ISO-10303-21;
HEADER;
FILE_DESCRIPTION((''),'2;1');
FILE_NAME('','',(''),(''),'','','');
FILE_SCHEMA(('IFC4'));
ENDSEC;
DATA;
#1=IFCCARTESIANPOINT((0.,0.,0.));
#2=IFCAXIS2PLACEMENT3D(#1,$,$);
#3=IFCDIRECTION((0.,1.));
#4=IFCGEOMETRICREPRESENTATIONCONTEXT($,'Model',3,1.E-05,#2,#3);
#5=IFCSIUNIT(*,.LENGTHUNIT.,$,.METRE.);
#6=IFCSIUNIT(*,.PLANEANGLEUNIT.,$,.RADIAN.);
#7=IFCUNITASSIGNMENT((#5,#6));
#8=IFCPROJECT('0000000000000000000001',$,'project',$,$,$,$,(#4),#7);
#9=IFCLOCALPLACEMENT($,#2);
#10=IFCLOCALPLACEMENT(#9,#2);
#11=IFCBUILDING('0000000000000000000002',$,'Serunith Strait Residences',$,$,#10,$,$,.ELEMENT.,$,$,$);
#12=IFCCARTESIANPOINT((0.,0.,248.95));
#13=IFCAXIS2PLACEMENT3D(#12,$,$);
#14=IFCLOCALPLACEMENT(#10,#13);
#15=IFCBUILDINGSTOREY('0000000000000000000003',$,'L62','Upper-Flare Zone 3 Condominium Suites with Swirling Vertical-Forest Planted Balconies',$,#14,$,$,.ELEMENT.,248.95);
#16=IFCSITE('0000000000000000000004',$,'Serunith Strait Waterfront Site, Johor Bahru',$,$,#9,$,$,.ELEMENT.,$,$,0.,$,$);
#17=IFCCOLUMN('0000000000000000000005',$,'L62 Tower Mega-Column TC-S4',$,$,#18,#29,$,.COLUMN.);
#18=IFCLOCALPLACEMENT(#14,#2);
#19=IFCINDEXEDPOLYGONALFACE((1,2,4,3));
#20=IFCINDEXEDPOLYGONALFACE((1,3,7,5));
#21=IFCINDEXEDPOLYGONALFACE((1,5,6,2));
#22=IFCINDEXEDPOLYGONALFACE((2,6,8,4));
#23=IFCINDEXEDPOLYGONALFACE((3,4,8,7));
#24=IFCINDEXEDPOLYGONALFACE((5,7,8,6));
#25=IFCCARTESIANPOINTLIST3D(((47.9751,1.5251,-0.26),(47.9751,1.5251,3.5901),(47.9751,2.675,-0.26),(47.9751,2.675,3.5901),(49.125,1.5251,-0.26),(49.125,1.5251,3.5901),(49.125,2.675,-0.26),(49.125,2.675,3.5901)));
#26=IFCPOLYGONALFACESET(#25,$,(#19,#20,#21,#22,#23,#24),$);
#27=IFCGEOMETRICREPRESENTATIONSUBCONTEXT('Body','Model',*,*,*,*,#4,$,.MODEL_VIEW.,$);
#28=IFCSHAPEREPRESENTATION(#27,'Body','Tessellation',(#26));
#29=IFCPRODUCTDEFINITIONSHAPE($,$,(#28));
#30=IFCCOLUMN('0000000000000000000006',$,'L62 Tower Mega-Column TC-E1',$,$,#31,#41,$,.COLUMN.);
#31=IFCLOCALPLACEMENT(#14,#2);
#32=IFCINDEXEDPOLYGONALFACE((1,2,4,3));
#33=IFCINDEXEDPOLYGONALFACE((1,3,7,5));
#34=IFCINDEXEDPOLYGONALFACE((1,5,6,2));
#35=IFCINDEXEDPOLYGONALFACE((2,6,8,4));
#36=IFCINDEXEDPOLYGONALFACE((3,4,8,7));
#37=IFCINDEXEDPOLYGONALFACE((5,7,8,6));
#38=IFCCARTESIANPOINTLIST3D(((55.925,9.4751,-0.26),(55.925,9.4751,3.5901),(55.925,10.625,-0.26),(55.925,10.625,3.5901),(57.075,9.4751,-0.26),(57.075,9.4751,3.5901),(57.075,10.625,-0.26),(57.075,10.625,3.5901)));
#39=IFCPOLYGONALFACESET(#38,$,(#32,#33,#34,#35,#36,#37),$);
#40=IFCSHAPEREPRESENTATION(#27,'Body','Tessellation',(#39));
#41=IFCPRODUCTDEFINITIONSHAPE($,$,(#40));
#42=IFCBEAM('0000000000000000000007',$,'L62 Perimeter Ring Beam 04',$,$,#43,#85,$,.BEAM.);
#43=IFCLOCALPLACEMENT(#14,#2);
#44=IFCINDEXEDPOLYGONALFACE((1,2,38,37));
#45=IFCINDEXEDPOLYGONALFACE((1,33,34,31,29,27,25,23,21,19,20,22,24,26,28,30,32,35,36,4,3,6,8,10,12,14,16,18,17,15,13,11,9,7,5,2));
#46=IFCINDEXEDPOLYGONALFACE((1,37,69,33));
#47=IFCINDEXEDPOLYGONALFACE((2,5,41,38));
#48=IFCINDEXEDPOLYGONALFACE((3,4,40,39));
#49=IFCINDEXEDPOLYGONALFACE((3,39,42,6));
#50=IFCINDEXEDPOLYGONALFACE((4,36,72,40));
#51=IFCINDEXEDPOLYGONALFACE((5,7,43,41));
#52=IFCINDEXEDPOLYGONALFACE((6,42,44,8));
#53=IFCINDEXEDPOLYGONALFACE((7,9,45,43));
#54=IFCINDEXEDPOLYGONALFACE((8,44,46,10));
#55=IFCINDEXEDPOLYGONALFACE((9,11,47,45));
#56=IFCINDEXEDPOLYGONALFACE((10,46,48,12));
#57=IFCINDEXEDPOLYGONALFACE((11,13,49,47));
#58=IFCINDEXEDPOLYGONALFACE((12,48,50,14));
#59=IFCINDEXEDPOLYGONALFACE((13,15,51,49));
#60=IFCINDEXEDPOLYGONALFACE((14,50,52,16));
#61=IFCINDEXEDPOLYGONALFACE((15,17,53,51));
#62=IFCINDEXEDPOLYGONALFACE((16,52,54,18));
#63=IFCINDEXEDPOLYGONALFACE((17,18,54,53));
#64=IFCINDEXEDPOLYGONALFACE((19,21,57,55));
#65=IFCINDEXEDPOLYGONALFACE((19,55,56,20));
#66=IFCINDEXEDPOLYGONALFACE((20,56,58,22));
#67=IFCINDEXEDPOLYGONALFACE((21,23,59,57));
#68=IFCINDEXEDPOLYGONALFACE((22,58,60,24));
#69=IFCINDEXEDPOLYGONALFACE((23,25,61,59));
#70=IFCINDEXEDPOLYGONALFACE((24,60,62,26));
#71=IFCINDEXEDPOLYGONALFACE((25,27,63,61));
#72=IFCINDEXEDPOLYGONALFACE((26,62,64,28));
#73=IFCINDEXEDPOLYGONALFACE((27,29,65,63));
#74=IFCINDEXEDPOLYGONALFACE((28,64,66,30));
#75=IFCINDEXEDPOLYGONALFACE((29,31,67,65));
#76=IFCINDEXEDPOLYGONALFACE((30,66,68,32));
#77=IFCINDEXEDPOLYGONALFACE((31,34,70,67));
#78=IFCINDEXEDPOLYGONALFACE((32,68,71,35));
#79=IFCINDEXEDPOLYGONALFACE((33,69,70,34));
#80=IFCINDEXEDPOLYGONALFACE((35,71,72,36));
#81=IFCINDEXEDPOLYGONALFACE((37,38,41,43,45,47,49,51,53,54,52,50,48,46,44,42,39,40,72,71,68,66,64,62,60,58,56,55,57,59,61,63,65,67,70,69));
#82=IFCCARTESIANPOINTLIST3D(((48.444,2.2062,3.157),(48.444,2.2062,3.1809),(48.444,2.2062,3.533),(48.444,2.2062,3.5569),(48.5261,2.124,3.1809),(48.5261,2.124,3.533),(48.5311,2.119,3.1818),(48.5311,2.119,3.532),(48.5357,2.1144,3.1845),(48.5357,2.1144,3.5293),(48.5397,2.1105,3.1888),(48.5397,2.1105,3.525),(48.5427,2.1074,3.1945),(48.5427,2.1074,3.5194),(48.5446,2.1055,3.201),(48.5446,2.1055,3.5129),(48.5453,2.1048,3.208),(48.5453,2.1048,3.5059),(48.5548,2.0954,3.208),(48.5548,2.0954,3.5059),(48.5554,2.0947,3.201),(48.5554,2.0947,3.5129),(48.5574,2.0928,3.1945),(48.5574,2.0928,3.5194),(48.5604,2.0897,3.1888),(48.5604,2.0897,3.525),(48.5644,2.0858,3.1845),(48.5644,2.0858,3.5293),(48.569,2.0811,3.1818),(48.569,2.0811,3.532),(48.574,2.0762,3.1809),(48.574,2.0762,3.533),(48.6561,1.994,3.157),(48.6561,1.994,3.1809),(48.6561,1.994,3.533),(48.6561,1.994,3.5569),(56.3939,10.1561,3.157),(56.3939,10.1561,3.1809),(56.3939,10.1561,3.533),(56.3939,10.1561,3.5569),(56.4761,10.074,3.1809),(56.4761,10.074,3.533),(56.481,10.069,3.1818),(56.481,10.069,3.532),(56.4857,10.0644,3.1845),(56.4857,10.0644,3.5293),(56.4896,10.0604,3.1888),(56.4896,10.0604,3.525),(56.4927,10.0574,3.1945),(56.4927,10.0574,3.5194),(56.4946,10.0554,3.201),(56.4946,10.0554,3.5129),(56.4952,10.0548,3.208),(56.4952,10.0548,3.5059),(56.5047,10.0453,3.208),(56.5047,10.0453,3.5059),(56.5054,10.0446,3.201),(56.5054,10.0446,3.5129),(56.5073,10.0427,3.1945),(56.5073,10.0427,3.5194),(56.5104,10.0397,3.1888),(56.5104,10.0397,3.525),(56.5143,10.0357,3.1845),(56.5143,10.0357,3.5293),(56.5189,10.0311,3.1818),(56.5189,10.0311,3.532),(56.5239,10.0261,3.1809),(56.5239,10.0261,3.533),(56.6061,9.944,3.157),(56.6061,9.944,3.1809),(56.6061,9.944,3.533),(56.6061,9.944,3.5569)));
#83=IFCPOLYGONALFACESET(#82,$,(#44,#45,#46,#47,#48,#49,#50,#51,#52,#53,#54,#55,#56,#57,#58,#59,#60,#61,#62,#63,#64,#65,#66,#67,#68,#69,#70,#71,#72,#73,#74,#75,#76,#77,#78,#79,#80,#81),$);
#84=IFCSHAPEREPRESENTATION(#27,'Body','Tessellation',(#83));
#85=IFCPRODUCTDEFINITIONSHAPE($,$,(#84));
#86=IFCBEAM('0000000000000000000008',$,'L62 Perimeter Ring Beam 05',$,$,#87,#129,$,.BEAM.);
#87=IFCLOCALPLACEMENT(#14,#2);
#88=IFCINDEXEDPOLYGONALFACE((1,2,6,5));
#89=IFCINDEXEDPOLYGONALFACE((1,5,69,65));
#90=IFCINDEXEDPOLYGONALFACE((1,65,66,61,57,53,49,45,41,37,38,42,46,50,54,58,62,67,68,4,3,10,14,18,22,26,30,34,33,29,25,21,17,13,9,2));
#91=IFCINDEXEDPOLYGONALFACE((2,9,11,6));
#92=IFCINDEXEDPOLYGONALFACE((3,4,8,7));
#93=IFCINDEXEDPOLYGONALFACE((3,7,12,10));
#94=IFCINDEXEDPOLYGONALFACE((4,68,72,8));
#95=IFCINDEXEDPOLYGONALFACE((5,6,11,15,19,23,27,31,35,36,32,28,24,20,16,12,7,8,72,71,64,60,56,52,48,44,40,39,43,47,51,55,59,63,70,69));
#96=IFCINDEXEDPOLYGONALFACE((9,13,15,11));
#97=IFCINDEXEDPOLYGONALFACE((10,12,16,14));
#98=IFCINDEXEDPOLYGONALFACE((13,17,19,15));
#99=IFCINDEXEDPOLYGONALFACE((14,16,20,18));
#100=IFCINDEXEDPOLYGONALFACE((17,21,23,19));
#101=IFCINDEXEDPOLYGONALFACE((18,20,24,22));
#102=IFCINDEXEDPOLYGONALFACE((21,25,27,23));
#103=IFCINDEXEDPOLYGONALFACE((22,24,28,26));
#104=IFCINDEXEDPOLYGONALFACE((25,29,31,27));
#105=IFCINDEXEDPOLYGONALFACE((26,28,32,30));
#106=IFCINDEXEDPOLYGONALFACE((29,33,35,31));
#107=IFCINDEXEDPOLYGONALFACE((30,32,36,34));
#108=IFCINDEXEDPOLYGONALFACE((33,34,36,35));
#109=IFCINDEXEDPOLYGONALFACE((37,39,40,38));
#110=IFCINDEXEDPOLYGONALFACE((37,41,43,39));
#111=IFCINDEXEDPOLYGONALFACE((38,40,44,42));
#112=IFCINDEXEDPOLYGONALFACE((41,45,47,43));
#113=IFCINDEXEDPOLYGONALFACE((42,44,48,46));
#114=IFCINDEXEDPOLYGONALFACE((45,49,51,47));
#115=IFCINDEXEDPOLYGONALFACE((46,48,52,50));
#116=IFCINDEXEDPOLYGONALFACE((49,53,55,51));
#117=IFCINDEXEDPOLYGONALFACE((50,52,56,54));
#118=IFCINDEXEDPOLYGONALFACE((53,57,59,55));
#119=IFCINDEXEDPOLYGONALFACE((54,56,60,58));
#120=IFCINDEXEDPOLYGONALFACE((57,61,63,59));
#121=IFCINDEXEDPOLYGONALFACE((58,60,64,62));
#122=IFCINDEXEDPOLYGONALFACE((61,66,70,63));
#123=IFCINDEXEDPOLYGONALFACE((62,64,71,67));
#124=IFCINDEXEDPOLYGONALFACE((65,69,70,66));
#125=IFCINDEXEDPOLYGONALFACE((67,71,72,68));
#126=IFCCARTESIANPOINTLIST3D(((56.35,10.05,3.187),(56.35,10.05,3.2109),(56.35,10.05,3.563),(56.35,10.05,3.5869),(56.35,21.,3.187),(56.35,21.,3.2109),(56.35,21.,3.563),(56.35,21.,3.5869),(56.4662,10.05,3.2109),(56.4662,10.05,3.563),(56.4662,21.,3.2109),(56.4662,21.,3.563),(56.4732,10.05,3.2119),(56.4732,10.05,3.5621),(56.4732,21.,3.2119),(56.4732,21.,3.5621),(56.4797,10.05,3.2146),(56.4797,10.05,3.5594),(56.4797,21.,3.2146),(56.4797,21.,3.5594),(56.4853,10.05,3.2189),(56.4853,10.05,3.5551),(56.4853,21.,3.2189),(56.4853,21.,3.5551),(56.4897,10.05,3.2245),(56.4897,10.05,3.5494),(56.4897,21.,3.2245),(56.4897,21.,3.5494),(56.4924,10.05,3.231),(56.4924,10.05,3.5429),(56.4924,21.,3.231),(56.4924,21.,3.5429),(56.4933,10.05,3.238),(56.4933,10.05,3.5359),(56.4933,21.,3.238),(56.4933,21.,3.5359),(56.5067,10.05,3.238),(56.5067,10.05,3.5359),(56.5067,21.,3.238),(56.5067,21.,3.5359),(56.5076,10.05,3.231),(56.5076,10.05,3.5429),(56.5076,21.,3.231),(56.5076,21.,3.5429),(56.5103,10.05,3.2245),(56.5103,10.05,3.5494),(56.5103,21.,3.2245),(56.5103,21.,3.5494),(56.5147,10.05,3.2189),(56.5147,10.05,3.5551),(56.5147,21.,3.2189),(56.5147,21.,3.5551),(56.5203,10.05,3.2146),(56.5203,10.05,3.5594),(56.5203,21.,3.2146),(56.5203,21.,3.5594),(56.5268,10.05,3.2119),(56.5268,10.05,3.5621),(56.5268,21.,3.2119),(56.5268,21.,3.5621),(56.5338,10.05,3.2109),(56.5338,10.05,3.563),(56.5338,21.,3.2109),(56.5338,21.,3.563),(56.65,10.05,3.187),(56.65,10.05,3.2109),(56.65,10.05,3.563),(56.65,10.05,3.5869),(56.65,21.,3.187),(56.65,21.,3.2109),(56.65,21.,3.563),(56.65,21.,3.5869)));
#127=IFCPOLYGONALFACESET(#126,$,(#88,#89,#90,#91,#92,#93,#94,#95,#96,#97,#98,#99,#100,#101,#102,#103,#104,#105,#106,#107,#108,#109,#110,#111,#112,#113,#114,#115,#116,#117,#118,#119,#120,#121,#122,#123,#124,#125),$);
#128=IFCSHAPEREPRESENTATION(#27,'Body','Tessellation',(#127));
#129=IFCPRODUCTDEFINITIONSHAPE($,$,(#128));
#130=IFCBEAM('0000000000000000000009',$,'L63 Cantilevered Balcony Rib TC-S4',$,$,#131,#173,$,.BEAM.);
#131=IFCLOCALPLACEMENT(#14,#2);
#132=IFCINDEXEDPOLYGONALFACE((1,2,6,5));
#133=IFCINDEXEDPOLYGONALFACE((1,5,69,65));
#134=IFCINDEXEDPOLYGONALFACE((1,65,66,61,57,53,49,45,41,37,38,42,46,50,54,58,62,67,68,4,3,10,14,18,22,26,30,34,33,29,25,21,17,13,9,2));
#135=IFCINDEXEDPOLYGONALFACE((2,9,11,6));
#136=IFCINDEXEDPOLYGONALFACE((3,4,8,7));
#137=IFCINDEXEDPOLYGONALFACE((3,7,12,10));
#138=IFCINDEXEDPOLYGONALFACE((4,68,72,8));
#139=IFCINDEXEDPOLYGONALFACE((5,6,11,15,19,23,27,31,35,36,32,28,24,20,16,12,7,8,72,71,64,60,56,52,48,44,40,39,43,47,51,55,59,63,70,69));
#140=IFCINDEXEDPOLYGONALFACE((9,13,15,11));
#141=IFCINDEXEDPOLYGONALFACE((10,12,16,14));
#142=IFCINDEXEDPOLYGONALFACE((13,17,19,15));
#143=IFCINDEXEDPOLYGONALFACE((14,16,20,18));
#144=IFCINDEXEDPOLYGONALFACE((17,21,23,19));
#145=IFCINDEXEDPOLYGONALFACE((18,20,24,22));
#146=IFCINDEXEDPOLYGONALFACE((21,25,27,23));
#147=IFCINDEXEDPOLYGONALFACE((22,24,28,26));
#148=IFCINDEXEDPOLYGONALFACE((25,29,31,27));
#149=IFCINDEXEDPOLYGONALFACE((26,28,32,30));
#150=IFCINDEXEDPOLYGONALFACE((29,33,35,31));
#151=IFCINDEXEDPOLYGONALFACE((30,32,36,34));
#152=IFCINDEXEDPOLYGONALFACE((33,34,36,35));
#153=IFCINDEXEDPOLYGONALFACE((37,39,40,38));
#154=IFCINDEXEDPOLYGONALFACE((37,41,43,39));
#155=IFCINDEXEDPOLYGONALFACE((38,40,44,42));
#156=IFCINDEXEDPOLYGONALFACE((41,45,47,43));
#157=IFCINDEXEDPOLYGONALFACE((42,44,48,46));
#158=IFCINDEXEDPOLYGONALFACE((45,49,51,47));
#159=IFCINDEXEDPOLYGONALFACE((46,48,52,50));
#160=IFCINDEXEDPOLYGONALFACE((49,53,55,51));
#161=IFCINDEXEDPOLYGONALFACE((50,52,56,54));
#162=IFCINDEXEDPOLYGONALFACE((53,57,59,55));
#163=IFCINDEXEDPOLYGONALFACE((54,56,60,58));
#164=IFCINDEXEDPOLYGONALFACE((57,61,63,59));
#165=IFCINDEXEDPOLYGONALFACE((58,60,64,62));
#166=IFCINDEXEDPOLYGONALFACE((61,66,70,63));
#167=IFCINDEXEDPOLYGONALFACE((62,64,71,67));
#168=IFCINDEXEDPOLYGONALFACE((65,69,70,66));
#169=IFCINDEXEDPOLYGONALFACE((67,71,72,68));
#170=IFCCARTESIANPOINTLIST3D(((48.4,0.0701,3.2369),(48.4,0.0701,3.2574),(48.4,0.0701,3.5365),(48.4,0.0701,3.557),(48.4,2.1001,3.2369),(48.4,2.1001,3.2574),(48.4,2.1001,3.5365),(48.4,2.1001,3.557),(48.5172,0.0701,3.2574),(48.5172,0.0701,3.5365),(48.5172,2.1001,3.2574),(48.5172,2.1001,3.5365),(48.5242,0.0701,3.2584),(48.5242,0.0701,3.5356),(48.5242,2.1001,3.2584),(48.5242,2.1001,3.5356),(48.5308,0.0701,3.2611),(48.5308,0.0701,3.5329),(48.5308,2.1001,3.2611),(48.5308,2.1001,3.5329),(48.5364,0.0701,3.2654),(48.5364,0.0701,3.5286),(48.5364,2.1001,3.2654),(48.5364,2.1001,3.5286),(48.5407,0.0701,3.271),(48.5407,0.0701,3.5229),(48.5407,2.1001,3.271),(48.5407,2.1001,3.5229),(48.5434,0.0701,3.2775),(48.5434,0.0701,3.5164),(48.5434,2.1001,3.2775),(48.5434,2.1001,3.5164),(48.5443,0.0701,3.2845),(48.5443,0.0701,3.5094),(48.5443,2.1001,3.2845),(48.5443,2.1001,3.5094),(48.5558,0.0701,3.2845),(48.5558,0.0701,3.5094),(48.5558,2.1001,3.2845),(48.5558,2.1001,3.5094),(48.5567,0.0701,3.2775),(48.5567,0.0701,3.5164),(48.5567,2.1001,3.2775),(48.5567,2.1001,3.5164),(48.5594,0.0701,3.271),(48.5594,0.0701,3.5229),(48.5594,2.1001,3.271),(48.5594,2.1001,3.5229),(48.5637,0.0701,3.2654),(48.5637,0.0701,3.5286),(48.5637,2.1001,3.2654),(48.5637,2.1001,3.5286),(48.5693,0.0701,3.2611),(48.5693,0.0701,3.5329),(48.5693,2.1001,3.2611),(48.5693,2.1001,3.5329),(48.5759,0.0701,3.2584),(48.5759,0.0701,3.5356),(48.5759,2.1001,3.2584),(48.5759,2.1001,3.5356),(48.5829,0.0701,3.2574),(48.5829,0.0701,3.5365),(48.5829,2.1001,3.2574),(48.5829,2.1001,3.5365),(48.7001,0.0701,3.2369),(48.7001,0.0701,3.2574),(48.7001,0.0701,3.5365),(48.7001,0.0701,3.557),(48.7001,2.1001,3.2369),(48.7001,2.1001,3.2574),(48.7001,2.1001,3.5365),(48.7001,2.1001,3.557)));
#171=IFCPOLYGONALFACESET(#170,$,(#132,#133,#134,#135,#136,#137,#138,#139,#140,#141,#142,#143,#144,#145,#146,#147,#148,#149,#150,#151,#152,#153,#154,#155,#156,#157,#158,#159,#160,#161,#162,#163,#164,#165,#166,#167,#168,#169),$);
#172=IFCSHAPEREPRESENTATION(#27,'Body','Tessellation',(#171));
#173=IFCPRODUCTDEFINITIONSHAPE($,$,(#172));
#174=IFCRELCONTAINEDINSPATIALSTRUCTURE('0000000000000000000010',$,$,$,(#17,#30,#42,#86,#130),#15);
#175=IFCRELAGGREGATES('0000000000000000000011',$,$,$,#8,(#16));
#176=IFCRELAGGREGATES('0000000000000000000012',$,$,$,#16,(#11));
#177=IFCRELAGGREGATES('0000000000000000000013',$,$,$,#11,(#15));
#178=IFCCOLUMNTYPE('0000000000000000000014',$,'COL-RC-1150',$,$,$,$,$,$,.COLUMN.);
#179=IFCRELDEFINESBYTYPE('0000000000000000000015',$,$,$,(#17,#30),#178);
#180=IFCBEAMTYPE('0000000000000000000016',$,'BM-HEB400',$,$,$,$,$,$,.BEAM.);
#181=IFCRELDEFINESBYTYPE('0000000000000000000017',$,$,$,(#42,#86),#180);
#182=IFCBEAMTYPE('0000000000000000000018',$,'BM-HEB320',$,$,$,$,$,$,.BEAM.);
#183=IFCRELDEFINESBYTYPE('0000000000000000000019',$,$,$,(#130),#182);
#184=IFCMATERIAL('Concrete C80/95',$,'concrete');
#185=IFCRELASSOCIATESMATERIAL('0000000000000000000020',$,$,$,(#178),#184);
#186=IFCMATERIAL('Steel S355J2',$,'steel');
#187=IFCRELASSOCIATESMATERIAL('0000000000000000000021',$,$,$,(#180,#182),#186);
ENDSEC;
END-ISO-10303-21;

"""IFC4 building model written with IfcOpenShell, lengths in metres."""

from ifc_helpers import new_model, si_unit, direction, frame, origin, origin_2d, place, context, subcontext, project, spatial, rectangle, i_section, extrude, source, transform, mapped, material, material_profile, profile_set, type_object, element, save


model = new_model("IFC4")

# Units and contexts
model_context = context("Model", 3, precision=1e-05, world=origin(), true_north=direction((0.0, 1.0)))
body_context = subcontext(model_context, "Body", "Model", "MODEL_VIEW")
ifc_project = project(units=[si_unit("LENGTHUNIT", "METRE"), si_unit("PLANEANGLEUNIT", "RADIAN")], contexts=[model_context])

# Site, building, storey
site_placement = place(None, origin())
site = spatial("IfcSite", under=ifc_project, at=site_placement, Name="Serunith Strait Waterfront Site, Johor Bahru", CompositionType="ELEMENT", RefElevation=0.0)
building_placement = place(site_placement, origin())
building = spatial("IfcBuilding", under=site, at=building_placement, Name="Serunith Strait Residences", CompositionType="ELEMENT")
storey_placement = place(building_placement, frame((0.0, 0.0, 248.95)))
storey = spatial("IfcBuildingStorey", under=building, at=storey_placement, Name="L62", Description="Upper-Flare Zone 3 Condominium Suites with Swirling Vertical-Forest Planted Balconies", CompositionType="ELEMENT", Elevation=248.95)

# Columns
ifc_material_1 = material(Name="Concrete C80/95", Category="concrete")
ifc_material_profile_1 = material_profile(ifc_material_1, rectangle(XDim=1.1499, YDim=1.1499, at=origin_2d()), Name="RC 1150x1150")
ifc_profile_set_1 = profile_set([ifc_material_profile_1], Name="Concrete C80/95")
column_type = type_object("IfcColumnType", Name="COL-RC-1150", PredefinedType="COLUMN", material=ifc_profile_set_1)
shared_shape_1 = source(origin(), body_context, "Body", "SweptSolid", [
    extrude(rectangle(XDim=1.1499, YDim=1.1499, at=origin_2d()), origin(), (0.0, 0.0, 1.0), 3.8501),
])
for number, where, z_axis, x_axis, name in (
    (1, (48.55, 2.1001, -0.26), (0.0, 0.0, 1.0), (1.0, 0.0, 0.0), "L62 Tower Mega-Column TC-S4"),
    (2, (56.5, 10.05, -0.26), (0.0, 0.0, 1.0), (1.0, 0.0, 0.0), "L62 Tower Mega-Column TC-E1"),
):
    element("IfcColumn", number, at=place(storey_placement, frame(where, z_axis=z_axis, x_axis=x_axis)), inside=storey, type_object=column_type, Name=name, PredefinedType="COLUMN", context=body_context, shape_type="MappedRepresentation", body=[
        mapped(shared_shape_1, transform((0.0, 0.0, 0.0), scale=1.0)),
    ])

# Beams
ifc_material_2 = material(Name="Steel S355J2", Category="steel")
ifc_material_profile_2 = material_profile(ifc_material_2, i_section(OverallWidth=0.3, OverallDepth=0.3999, WebThickness=0.0134, FlangeThickness=0.0239, FilletRadius=0.0271, at=origin_2d()), Name="HEB 400")
ifc_profile_set_2 = profile_set([ifc_material_profile_2], Name="Steel S355J2")
beam_type_1 = type_object("IfcBeamType", Name="BM-HEB400", PredefinedType="BEAM", material=ifc_profile_set_2)
shared_shape_2 = source(origin(), body_context, "Body", "SweptSolid", [
    extrude(i_section(OverallWidth=0.3, OverallDepth=0.3999, WebThickness=0.0134, FlangeThickness=0.0239, FilletRadius=0.0271, at=origin_2d()), origin(), (0.0, 0.0, 1.0), 11.2429),
])
beam_1_placement = place(storey_placement, frame((48.55, 2.1001, 3.3569), z_axis=(0.707107, 0.707107, 0.0), x_axis=(-0.707107, 0.707107, 0.0)))
element("IfcBeam", 3, at=beam_1_placement, inside=storey, type_object=beam_type_1, Name="L62 Perimeter Ring Beam 04", PredefinedType="BEAM", context=body_context, shape_type="MappedRepresentation", body=[
    mapped(shared_shape_2, transform((0.0, 0.0, 0.0), scale=1.0)),
])
shared_shape_3 = source(origin(), body_context, "Body", "SweptSolid", [
    extrude(i_section(OverallWidth=0.3, OverallDepth=0.3999, WebThickness=0.0134, FlangeThickness=0.0239, FilletRadius=0.0271, at=origin_2d()), origin(), (0.0, 0.0, 1.0), 10.95),
])
beam_2_placement = place(storey_placement, frame((56.5, 10.05, 3.387), z_axis=(0.0, 1.0, 0.0), x_axis=(-1.0, 0.0, 0.0)))
element("IfcBeam", 4, at=beam_2_placement, inside=storey, type_object=beam_type_1, Name="L62 Perimeter Ring Beam 05", PredefinedType="BEAM", context=body_context, shape_type="MappedRepresentation", body=[
    mapped(shared_shape_3, transform((0.0, 0.0, 0.0), scale=1.0)),
])
ifc_material_profile_3 = material_profile(ifc_material_2, i_section(OverallWidth=0.3, OverallDepth=0.3201, WebThickness=0.0115, FlangeThickness=0.0205, FilletRadius=0.0271, at=origin_2d()), Name="HEB 320")
ifc_profile_set_3 = profile_set([ifc_material_profile_3], Name="Steel S355J2")
beam_type_2 = type_object("IfcBeamType", Name="BM-HEB320", PredefinedType="BEAM", material=ifc_profile_set_3)
shared_shape_4 = source(origin(), body_context, "Body", "SweptSolid", [
    extrude(i_section(OverallWidth=0.3, OverallDepth=0.3201, WebThickness=0.0115, FlangeThickness=0.0205, FilletRadius=0.0271, at=origin_2d()), origin(), (0.0, 0.0, 1.0), 2.03),
])
for number, where, z_axis, x_axis, name in (
    (5, (48.55, 2.1001, 3.397), (0.0, -1.0, 0.0), (1.0, 0.0, 0.0), "L63 Cantilevered Balcony Rib TC-S4"),
):
    element("IfcBeam", number, at=place(storey_placement, frame(where, z_axis=z_axis, x_axis=x_axis)), inside=storey, type_object=beam_type_2, Name=name, PredefinedType="BEAM", context=body_context, shape_type="MappedRepresentation", body=[
        mapped(shared_shape_4, transform((0.0, 0.0, 0.0), scale=1.0)),
    ])

save(model, "model.ifc")
